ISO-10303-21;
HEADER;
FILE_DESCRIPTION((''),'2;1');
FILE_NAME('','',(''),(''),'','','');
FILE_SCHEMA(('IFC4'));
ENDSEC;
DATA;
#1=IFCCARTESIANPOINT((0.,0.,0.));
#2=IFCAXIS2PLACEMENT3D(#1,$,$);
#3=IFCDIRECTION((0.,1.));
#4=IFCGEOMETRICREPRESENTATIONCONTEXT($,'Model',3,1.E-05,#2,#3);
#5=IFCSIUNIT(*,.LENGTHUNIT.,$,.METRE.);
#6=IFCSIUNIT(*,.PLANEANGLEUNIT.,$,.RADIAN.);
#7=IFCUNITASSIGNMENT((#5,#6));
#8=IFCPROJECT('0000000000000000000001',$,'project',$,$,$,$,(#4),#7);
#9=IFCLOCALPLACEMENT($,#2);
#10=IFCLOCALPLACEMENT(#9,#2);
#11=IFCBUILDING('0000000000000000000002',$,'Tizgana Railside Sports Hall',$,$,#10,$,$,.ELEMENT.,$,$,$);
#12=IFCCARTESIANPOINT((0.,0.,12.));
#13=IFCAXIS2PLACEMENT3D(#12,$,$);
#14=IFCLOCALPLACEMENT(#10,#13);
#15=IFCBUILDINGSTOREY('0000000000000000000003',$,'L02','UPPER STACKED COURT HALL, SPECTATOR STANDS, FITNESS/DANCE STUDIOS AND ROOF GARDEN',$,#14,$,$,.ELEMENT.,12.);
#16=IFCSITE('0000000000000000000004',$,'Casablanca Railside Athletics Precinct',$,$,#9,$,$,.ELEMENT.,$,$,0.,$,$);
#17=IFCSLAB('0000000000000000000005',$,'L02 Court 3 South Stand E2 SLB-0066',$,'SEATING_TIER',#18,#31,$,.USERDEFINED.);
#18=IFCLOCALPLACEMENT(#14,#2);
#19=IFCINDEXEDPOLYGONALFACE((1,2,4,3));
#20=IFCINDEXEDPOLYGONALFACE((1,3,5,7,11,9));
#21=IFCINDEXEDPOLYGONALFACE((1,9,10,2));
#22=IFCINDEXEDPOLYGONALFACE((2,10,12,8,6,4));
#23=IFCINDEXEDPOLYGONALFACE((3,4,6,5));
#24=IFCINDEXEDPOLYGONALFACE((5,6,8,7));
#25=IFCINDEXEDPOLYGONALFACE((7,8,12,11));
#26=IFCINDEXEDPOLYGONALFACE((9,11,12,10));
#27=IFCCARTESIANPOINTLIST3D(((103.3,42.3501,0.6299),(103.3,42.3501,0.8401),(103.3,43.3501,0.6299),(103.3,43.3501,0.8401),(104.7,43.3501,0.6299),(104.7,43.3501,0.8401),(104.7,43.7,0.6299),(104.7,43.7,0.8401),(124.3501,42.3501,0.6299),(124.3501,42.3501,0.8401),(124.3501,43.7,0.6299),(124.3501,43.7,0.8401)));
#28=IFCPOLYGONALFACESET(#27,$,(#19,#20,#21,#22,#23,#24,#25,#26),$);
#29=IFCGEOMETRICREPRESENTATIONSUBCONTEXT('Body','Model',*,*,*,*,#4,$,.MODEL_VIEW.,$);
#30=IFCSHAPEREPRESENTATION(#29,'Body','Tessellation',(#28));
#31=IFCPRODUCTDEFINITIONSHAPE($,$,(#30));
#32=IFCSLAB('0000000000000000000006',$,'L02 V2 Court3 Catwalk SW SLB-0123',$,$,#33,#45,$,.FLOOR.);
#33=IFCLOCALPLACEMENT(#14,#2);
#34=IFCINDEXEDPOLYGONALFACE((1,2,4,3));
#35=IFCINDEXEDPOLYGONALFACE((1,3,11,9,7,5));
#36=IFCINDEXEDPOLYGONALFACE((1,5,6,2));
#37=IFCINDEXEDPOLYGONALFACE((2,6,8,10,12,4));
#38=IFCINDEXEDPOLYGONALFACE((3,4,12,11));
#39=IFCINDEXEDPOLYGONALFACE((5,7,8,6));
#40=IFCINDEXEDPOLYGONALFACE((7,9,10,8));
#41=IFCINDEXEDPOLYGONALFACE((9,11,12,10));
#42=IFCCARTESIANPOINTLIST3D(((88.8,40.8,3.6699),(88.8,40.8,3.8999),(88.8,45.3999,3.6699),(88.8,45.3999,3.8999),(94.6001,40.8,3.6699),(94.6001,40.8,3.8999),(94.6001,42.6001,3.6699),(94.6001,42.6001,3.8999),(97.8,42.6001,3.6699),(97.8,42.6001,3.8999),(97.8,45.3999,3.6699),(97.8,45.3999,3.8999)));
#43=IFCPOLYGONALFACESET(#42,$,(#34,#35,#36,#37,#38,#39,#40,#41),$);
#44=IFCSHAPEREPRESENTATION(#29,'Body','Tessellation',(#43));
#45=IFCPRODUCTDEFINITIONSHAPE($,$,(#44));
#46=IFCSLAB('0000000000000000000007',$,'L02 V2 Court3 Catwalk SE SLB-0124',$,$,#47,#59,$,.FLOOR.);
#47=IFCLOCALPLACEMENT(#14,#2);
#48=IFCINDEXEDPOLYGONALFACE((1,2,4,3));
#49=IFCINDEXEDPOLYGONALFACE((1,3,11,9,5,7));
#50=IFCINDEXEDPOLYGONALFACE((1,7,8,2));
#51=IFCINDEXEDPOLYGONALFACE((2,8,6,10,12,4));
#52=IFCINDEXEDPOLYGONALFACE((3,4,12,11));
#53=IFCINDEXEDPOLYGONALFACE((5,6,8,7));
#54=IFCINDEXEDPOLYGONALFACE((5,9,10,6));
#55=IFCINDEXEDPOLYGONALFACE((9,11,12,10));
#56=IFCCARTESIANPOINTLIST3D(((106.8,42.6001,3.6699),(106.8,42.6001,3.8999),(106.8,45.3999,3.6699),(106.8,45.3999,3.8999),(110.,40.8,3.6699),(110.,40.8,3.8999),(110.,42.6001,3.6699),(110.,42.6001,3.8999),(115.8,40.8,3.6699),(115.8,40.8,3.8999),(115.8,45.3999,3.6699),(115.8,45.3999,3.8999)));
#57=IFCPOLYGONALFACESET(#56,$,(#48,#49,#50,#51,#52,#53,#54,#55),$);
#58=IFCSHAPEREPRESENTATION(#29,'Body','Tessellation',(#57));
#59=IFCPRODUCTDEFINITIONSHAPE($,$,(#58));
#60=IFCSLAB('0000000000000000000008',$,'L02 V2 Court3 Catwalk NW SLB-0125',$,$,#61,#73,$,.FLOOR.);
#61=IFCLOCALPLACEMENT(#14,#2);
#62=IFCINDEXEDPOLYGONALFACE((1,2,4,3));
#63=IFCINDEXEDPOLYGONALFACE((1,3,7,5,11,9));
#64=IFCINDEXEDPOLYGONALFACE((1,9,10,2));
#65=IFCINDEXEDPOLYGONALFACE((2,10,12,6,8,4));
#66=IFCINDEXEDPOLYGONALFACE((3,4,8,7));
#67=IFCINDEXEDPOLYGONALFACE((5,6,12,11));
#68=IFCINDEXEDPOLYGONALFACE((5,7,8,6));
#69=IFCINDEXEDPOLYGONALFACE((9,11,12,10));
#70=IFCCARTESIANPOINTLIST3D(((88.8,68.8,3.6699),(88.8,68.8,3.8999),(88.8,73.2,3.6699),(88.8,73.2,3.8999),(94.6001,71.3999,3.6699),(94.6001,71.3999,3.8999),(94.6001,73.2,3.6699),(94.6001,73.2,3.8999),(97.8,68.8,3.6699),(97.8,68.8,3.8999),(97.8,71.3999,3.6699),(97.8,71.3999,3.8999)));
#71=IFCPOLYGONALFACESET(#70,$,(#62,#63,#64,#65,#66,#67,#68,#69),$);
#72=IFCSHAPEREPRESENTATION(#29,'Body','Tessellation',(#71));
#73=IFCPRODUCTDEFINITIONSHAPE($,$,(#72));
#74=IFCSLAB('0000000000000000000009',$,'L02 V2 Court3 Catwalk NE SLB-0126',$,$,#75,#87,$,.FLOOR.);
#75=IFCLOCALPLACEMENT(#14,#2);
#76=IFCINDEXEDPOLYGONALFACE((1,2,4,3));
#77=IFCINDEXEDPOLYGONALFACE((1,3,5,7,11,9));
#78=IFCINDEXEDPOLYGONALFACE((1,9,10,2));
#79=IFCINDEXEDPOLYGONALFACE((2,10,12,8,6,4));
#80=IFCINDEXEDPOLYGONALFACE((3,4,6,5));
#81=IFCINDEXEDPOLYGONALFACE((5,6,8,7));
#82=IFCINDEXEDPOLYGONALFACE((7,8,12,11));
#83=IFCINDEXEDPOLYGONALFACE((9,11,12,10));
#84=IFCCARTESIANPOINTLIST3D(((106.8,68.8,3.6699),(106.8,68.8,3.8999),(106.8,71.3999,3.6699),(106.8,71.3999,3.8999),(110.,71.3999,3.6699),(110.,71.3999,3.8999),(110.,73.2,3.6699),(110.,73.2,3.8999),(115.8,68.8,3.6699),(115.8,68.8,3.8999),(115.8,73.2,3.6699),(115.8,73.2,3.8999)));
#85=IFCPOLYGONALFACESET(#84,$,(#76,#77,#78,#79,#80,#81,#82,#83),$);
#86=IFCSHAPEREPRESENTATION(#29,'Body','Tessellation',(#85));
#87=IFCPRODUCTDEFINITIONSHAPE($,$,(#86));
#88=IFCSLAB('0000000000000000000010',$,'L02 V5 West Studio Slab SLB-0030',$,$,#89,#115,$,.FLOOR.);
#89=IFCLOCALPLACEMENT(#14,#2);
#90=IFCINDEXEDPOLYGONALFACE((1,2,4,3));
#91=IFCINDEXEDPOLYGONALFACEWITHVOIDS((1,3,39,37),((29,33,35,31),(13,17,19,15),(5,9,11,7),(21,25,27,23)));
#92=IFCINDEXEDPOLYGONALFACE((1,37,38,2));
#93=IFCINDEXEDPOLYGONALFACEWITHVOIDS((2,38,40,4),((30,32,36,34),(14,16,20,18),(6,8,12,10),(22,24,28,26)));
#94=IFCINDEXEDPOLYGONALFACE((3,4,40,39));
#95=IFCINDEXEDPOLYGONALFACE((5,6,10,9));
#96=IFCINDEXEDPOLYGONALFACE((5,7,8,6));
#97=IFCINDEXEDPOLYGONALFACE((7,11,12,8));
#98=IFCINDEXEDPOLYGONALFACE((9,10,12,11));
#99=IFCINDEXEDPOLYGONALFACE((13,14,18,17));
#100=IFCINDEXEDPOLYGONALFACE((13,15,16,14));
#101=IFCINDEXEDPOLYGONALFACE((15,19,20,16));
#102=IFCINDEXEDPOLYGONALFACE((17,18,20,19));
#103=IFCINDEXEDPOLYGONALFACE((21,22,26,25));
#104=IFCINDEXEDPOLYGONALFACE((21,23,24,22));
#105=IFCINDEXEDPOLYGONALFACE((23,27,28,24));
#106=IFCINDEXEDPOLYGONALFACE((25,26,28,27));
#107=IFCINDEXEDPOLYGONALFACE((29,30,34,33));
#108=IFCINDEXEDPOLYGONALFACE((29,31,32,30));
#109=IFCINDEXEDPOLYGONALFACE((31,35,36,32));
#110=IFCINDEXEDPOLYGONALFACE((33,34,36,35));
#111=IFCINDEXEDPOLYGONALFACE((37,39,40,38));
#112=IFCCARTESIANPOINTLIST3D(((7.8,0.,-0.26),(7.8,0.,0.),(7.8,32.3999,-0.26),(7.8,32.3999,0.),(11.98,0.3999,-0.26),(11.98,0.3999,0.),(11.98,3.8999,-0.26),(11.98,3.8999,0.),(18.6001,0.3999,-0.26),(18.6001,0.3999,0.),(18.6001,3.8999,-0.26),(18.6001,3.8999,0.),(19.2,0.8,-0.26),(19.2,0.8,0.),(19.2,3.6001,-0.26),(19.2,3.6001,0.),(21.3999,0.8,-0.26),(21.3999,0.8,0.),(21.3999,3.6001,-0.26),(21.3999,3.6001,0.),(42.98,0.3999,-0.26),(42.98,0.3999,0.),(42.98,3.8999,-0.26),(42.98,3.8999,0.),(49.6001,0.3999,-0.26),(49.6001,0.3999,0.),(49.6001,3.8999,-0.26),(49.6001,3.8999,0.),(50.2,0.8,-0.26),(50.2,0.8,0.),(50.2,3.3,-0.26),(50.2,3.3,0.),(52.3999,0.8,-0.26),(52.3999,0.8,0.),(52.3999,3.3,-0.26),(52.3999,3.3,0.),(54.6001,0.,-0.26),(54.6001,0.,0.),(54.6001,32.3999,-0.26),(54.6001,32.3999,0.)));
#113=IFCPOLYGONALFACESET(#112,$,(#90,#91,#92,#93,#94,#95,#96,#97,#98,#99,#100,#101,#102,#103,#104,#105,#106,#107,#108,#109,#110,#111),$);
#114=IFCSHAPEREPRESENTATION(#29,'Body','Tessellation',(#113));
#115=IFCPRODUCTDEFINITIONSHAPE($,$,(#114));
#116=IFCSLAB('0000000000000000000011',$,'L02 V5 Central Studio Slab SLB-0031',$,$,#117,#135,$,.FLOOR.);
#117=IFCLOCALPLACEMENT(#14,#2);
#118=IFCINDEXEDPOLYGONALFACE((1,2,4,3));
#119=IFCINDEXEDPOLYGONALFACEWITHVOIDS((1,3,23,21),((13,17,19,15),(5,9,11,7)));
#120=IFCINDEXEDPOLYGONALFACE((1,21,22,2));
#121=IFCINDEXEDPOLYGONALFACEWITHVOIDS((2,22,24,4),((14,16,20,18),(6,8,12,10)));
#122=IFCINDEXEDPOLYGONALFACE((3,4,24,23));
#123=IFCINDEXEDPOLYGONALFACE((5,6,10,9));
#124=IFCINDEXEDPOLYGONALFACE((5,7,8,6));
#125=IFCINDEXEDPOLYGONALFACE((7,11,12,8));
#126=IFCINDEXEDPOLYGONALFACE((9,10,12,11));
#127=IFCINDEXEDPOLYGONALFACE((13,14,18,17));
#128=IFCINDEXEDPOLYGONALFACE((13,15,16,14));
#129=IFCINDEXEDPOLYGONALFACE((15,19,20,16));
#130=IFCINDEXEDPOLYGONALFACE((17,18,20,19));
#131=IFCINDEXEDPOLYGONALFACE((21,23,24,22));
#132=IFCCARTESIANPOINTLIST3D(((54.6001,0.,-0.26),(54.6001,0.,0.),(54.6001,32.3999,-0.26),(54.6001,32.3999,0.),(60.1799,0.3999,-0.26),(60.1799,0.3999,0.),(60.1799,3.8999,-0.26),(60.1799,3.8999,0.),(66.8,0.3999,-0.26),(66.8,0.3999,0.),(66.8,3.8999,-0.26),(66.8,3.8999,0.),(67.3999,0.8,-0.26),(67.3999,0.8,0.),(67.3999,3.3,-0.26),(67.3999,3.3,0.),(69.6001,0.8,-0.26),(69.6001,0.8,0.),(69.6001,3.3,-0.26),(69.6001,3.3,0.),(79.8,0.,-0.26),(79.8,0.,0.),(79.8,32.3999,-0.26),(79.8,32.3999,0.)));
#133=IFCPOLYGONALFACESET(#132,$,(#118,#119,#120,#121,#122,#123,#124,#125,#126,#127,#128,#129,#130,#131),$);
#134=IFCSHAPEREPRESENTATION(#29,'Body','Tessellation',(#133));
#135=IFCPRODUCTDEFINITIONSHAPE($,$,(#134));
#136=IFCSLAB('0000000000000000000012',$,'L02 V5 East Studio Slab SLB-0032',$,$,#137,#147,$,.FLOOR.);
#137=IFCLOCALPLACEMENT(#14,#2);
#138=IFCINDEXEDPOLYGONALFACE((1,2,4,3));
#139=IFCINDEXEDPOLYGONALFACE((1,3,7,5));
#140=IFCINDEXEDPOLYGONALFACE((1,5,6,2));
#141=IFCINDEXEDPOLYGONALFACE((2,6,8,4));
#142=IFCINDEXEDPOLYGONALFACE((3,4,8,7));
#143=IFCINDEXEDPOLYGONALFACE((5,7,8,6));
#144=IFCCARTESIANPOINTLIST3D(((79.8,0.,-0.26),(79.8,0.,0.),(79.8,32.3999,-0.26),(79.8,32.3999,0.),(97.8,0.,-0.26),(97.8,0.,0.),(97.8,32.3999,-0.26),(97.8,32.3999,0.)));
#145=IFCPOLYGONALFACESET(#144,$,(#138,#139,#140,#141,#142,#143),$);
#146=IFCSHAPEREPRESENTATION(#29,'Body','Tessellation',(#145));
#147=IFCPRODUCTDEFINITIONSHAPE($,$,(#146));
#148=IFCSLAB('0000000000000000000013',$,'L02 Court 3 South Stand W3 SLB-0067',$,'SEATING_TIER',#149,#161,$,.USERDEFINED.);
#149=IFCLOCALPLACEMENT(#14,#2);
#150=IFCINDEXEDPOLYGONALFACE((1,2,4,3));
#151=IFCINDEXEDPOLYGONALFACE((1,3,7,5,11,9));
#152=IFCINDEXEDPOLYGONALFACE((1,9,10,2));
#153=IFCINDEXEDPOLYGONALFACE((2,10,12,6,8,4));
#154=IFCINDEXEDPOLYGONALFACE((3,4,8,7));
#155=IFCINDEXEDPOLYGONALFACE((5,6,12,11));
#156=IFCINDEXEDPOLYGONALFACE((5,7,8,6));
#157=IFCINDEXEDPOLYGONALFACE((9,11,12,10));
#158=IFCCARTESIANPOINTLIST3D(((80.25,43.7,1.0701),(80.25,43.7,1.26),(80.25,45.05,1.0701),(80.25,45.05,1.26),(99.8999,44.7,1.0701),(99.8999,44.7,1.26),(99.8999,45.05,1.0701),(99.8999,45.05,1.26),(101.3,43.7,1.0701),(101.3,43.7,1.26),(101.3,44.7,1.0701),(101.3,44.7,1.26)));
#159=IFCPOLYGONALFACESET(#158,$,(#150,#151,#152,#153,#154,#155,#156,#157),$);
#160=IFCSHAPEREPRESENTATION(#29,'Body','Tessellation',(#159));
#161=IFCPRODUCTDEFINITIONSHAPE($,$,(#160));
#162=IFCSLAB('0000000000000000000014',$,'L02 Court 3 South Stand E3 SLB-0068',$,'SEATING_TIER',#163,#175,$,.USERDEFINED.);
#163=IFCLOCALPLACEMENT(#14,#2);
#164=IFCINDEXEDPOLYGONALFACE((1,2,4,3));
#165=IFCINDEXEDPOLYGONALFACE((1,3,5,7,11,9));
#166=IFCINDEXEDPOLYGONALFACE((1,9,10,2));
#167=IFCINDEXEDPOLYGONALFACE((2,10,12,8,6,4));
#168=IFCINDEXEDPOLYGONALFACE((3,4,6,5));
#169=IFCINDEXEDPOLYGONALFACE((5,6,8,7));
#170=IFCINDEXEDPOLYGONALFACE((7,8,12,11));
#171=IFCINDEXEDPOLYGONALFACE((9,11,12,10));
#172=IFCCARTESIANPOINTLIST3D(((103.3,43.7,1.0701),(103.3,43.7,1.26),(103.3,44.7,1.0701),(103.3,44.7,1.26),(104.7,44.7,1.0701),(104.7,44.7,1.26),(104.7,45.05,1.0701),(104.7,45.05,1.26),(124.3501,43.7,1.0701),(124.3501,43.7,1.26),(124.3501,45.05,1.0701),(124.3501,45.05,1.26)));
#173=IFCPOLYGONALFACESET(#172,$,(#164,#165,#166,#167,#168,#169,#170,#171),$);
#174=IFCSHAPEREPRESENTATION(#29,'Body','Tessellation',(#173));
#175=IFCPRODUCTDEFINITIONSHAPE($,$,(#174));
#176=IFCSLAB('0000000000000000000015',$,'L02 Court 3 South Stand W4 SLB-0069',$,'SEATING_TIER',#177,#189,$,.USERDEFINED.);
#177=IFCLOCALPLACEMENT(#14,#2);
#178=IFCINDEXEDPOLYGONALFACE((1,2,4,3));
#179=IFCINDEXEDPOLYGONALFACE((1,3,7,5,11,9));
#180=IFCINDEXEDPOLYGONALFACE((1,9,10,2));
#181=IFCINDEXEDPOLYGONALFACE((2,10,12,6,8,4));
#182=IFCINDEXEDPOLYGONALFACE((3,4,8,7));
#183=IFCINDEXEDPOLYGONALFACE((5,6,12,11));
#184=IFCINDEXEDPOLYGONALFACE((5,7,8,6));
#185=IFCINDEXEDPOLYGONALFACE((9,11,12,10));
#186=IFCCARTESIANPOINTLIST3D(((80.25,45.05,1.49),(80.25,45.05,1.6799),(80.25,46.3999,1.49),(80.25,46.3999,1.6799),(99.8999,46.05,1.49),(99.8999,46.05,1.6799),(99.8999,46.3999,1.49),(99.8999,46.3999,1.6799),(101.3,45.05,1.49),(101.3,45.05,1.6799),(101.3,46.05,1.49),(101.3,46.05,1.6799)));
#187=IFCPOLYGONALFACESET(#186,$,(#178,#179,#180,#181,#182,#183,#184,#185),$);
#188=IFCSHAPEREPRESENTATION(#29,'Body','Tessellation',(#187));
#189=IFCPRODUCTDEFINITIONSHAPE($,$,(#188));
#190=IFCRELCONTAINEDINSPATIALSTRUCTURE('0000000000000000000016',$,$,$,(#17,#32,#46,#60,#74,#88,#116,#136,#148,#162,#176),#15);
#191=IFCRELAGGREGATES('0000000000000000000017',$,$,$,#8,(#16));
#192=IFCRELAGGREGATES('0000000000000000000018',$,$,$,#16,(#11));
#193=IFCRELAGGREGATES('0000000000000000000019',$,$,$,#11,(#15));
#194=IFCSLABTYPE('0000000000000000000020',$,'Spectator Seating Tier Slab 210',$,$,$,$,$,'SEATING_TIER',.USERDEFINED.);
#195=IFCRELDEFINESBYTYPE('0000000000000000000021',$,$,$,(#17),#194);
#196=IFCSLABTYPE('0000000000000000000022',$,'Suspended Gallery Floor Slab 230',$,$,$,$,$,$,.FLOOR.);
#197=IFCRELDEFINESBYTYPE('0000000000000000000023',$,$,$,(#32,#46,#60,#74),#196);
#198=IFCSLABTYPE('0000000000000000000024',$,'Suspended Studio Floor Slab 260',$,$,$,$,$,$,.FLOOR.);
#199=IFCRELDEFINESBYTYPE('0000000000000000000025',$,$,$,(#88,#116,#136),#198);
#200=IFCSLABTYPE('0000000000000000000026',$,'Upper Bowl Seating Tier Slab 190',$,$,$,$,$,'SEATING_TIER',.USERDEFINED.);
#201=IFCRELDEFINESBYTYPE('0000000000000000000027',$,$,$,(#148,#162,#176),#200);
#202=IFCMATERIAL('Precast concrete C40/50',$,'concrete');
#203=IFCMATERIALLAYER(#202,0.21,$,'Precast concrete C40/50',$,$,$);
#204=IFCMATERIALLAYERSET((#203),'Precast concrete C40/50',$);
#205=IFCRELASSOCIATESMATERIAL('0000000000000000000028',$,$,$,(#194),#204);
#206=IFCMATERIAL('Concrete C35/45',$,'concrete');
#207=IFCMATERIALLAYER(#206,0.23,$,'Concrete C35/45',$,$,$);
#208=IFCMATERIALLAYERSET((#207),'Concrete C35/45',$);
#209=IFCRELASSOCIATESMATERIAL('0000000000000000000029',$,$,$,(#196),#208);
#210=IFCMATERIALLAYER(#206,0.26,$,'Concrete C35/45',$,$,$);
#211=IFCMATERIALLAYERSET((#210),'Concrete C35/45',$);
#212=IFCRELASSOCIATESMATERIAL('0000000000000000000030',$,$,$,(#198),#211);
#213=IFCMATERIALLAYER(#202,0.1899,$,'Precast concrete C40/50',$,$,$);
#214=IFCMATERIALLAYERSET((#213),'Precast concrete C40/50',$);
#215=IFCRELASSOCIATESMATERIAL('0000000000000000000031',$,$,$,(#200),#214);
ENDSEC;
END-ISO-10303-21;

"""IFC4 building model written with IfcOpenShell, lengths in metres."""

from ifc_helpers import new_model, si_unit, direction, frame, origin, place, context, subcontext, project, spatial, polyline, outline, extrude, material, layer, layer_set, type_object, element, save


model = new_model("IFC4")

# Units and contexts
model_context = context("Model", 3, precision=1e-05, world=origin(), true_north=direction((0.0, 1.0)))
body_context = subcontext(model_context, "Body", "Model", "MODEL_VIEW")
ifc_project = project(units=[si_unit("LENGTHUNIT", "METRE"), si_unit("PLANEANGLEUNIT", "RADIAN")], contexts=[model_context])

# Site, building, storey
site_placement = place(None, origin())
site = spatial("IfcSite", under=ifc_project, at=site_placement, Name="Casablanca Railside Athletics Precinct", CompositionType="ELEMENT", RefElevation=0.0)
building_placement = place(site_placement, origin())
building = spatial("IfcBuilding", under=site, at=building_placement, Name="Tizgana Railside Sports Hall", CompositionType="ELEMENT")
storey_placement = place(building_placement, frame((0.0, 0.0, 12.0)))
storey = spatial("IfcBuildingStorey", under=building, at=storey_placement, Name="L02", Description="UPPER STACKED COURT HALL, SPECTATOR STANDS, FITNESS/DANCE STUDIOS AND ROOF GARDEN", CompositionType="ELEMENT", Elevation=12.0)

# Shared definitions
ifc_material_1 = material(Name="Concrete C35/45", Category="concrete")

# Slabs
ifc_material_2 = material(Name="Precast concrete C40/50", Category="concrete")
ifc_layer_1 = layer(ifc_material_2, 0.21, Name="Precast concrete C40/50")
ifc_layer_set_1 = layer_set([ifc_layer_1], Name="Precast concrete C40/50")
slab_type_1 = type_object("IfcSlabType", Name="Spectator Seating Tier Slab 210", ElementType="SEATING_TIER", PredefinedType="USERDEFINED", material=ifc_layer_set_1)
slab_1_placement = place(storey_placement, frame((0.0, 0.0, 0.6299)))
element("IfcSlab", 1, at=slab_1_placement, inside=storey, type_object=slab_type_1, Name="L02 Court 3 South Stand E2 SLB-0066", ObjectType="SEATING_TIER", PredefinedType="USERDEFINED", context=body_context, shape_type="SweptSolid", body=[
    extrude(outline(polyline([(103.3, 42.3501), (124.3501, 42.3501), (124.3501, 43.7), (104.7, 43.7), (104.7, 43.3501), (103.3, 43.3501), (103.3, 42.3501)])), origin(), (0.0, 0.0, 1.0), 0.2102),
])
ifc_layer_2 = layer(ifc_material_1, 0.23, Name="Concrete C35/45")
ifc_layer_set_2 = layer_set([ifc_layer_2], Name="Concrete C35/45")
slab_type_2 = type_object("IfcSlabType", Name="Suspended Gallery Floor Slab 230", PredefinedType="FLOOR", material=ifc_layer_set_2)
slab_2_placement = place(storey_placement, frame((0.0, 0.0, 3.6699)))
element("IfcSlab", 2, at=slab_2_placement, inside=storey, type_object=slab_type_2, Name="L02 V2 Court3 Catwalk SW SLB-0123", PredefinedType="FLOOR", context=body_context, shape_type="SweptSolid", body=[
    extrude(outline(polyline([(88.8, 40.8), (94.6001, 40.8), (94.6001, 42.6001), (97.8, 42.6001), (97.8, 45.3999), (88.8, 45.3999), (88.8, 40.8)])), origin(), (0.0, 0.0, 1.0), 0.23),
])
slab_3_placement = place(storey_placement, frame((0.0, 0.0, 3.6699)))
element("IfcSlab", 3, at=slab_3_placement, inside=storey, type_object=slab_type_2, Name="L02 V2 Court3 Catwalk SE SLB-0124", PredefinedType="FLOOR", context=body_context, shape_type="SweptSolid", body=[
    extrude(outline(polyline([(110.0, 40.8), (115.8, 40.8), (115.8, 45.3999), (106.8, 45.3999), (106.8, 42.6001), (110.0, 42.6001), (110.0, 40.8)])), origin(), (0.0, 0.0, 1.0), 0.23),
])
slab_4_placement = place(storey_placement, frame((0.0, 0.0, 3.6699)))
element("IfcSlab", 4, at=slab_4_placement, inside=storey, type_object=slab_type_2, Name="L02 V2 Court3 Catwalk NW SLB-0125", PredefinedType="FLOOR", context=body_context, shape_type="SweptSolid", body=[
    extrude(outline(polyline([(88.8, 68.8), (97.8, 68.8), (97.8, 71.3999), (94.6001, 71.3999), (94.6001, 73.2), (88.8, 73.2), (88.8, 68.8)])), origin(), (0.0, 0.0, 1.0), 0.23),
])
slab_5_placement = place(storey_placement, frame((0.0, 0.0, 3.6699)))
element("IfcSlab", 5, at=slab_5_placement, inside=storey, type_object=slab_type_2, Name="L02 V2 Court3 Catwalk NE SLB-0126", PredefinedType="FLOOR", context=body_context, shape_type="SweptSolid", body=[
    extrude(outline(polyline([(106.8, 68.8), (115.8, 68.8), (115.8, 73.2), (110.0, 73.2), (110.0, 71.3999), (106.8, 71.3999), (106.8, 68.8)])), origin(), (0.0, 0.0, 1.0), 0.23),
])
ifc_layer_3 = layer(ifc_material_1, 0.26, Name="Concrete C35/45")
ifc_layer_set_3 = layer_set([ifc_layer_3], Name="Concrete C35/45")
slab_type_3 = type_object("IfcSlabType", Name="Suspended Studio Floor Slab 260", PredefinedType="FLOOR", material=ifc_layer_set_3)
slab_6_placement = place(storey_placement, frame((0.0, 0.0, -0.26)))
element("IfcSlab", 6, at=slab_6_placement, inside=storey, type_object=slab_type_3, Name="L02 V5 West Studio Slab SLB-0030", PredefinedType="FLOOR", context=body_context, shape_type="SweptSolid", body=[
    extrude(outline(polyline([(7.8, 0.0), (54.6001, 0.0), (54.6001, 32.3999), (7.8, 32.3999), (7.8, 0.0)]), holes=[polyline([(11.98, 0.3999), (18.6001, 0.3999), (18.6001, 3.8999), (11.98, 3.8999), (11.98, 0.3999)]), polyline([(19.2, 0.8), (21.3999, 0.8), (21.3999, 3.6001), (19.2, 3.6001), (19.2, 0.8)]), polyline([(42.98, 0.3999), (49.6001, 0.3999), (49.6001, 3.8999), (42.98, 3.8999), (42.98, 0.3999)]), polyline([(50.2, 0.8), (52.3999, 0.8), (52.3999, 3.3), (50.2, 3.3), (50.2, 0.8)])]), origin(), (0.0, 0.0, 1.0), 0.26),
])
slab_7_placement = place(storey_placement, frame((0.0, 0.0, -0.26)))
element("IfcSlab", 7, at=slab_7_placement, inside=storey, type_object=slab_type_3, Name="L02 V5 Central Studio Slab SLB-0031", PredefinedType="FLOOR", context=body_context, shape_type="SweptSolid", body=[
    extrude(outline(polyline([(54.6001, 0.0), (79.8, 0.0), (79.8, 32.3999), (54.6001, 32.3999), (54.6001, 0.0)]), holes=[polyline([(60.1799, 0.3999), (66.8, 0.3999), (66.8, 3.8999), (60.1799, 3.8999), (60.1799, 0.3999)]), polyline([(67.3999, 0.8), (69.6001, 0.8), (69.6001, 3.3), (67.3999, 3.3), (67.3999, 0.8)])]), origin(), (0.0, 0.0, 1.0), 0.26),
])
slab_8_placement = place(storey_placement, frame((0.0, 0.0, -0.26)))
element("IfcSlab", 8, at=slab_8_placement, inside=storey, type_object=slab_type_3, Name="L02 V5 East Studio Slab SLB-0032", PredefinedType="FLOOR", context=body_context, shape_type="SweptSolid", body=[
    extrude(outline(polyline([(79.8, 0.0), (97.8, 0.0), (97.8, 32.3999), (79.8, 32.3999), (79.8, 0.0)])), origin(), (0.0, 0.0, 1.0), 0.26),
])
ifc_layer_4 = layer(ifc_material_2, 0.1899, Name="Precast concrete C40/50")
ifc_layer_set_4 = layer_set([ifc_layer_4], Name="Precast concrete C40/50")
slab_type_4 = type_object("IfcSlabType", Name="Upper Bowl Seating Tier Slab 190", ElementType="SEATING_TIER", PredefinedType="USERDEFINED", material=ifc_layer_set_4)
slab_9_placement = place(storey_placement, frame((0.0, 0.0, 1.0701)))
element("IfcSlab", 9, at=slab_9_placement, inside=storey, type_object=slab_type_4, Name="L02 Court 3 South Stand W3 SLB-0067", ObjectType="SEATING_TIER", PredefinedType="USERDEFINED", context=body_context, shape_type="SweptSolid", body=[
    extrude(outline(polyline([(80.25, 43.7), (101.3, 43.7), (101.3, 44.7), (99.8999, 44.7), (99.8999, 45.05), (80.25, 45.05), (80.25, 43.7)])), origin(), (0.0, 0.0, 1.0), 0.1899),
])
slab_10_placement = place(storey_placement, frame((0.0, 0.0, 1.0701)))
element("IfcSlab", 10, at=slab_10_placement, inside=storey, type_object=slab_type_4, Name="L02 Court 3 South Stand E3 SLB-0068", ObjectType="SEATING_TIER", PredefinedType="USERDEFINED", context=body_context, shape_type="SweptSolid", body=[
    extrude(outline(polyline([(103.3, 43.7), (124.3501, 43.7), (124.3501, 45.05), (104.7, 45.05), (104.7, 44.7), (103.3, 44.7), (103.3, 43.7)])), origin(), (0.0, 0.0, 1.0), 0.1899),
])
slab_11_placement = place(storey_placement, frame((0.0, 0.0, 1.49)))
element("IfcSlab", 11, at=slab_11_placement, inside=storey, type_object=slab_type_4, Name="L02 Court 3 South Stand W4 SLB-0069", ObjectType="SEATING_TIER", PredefinedType="USERDEFINED", context=body_context, shape_type="SweptSolid", body=[
    extrude(outline(polyline([(80.25, 45.05), (101.3, 45.05), (101.3, 46.05), (99.8999, 46.05), (99.8999, 46.3999), (80.25, 46.3999), (80.25, 45.05)])), origin(), (0.0, 0.0, 1.0), 0.1899),
])

save(model, "model.ifc")
